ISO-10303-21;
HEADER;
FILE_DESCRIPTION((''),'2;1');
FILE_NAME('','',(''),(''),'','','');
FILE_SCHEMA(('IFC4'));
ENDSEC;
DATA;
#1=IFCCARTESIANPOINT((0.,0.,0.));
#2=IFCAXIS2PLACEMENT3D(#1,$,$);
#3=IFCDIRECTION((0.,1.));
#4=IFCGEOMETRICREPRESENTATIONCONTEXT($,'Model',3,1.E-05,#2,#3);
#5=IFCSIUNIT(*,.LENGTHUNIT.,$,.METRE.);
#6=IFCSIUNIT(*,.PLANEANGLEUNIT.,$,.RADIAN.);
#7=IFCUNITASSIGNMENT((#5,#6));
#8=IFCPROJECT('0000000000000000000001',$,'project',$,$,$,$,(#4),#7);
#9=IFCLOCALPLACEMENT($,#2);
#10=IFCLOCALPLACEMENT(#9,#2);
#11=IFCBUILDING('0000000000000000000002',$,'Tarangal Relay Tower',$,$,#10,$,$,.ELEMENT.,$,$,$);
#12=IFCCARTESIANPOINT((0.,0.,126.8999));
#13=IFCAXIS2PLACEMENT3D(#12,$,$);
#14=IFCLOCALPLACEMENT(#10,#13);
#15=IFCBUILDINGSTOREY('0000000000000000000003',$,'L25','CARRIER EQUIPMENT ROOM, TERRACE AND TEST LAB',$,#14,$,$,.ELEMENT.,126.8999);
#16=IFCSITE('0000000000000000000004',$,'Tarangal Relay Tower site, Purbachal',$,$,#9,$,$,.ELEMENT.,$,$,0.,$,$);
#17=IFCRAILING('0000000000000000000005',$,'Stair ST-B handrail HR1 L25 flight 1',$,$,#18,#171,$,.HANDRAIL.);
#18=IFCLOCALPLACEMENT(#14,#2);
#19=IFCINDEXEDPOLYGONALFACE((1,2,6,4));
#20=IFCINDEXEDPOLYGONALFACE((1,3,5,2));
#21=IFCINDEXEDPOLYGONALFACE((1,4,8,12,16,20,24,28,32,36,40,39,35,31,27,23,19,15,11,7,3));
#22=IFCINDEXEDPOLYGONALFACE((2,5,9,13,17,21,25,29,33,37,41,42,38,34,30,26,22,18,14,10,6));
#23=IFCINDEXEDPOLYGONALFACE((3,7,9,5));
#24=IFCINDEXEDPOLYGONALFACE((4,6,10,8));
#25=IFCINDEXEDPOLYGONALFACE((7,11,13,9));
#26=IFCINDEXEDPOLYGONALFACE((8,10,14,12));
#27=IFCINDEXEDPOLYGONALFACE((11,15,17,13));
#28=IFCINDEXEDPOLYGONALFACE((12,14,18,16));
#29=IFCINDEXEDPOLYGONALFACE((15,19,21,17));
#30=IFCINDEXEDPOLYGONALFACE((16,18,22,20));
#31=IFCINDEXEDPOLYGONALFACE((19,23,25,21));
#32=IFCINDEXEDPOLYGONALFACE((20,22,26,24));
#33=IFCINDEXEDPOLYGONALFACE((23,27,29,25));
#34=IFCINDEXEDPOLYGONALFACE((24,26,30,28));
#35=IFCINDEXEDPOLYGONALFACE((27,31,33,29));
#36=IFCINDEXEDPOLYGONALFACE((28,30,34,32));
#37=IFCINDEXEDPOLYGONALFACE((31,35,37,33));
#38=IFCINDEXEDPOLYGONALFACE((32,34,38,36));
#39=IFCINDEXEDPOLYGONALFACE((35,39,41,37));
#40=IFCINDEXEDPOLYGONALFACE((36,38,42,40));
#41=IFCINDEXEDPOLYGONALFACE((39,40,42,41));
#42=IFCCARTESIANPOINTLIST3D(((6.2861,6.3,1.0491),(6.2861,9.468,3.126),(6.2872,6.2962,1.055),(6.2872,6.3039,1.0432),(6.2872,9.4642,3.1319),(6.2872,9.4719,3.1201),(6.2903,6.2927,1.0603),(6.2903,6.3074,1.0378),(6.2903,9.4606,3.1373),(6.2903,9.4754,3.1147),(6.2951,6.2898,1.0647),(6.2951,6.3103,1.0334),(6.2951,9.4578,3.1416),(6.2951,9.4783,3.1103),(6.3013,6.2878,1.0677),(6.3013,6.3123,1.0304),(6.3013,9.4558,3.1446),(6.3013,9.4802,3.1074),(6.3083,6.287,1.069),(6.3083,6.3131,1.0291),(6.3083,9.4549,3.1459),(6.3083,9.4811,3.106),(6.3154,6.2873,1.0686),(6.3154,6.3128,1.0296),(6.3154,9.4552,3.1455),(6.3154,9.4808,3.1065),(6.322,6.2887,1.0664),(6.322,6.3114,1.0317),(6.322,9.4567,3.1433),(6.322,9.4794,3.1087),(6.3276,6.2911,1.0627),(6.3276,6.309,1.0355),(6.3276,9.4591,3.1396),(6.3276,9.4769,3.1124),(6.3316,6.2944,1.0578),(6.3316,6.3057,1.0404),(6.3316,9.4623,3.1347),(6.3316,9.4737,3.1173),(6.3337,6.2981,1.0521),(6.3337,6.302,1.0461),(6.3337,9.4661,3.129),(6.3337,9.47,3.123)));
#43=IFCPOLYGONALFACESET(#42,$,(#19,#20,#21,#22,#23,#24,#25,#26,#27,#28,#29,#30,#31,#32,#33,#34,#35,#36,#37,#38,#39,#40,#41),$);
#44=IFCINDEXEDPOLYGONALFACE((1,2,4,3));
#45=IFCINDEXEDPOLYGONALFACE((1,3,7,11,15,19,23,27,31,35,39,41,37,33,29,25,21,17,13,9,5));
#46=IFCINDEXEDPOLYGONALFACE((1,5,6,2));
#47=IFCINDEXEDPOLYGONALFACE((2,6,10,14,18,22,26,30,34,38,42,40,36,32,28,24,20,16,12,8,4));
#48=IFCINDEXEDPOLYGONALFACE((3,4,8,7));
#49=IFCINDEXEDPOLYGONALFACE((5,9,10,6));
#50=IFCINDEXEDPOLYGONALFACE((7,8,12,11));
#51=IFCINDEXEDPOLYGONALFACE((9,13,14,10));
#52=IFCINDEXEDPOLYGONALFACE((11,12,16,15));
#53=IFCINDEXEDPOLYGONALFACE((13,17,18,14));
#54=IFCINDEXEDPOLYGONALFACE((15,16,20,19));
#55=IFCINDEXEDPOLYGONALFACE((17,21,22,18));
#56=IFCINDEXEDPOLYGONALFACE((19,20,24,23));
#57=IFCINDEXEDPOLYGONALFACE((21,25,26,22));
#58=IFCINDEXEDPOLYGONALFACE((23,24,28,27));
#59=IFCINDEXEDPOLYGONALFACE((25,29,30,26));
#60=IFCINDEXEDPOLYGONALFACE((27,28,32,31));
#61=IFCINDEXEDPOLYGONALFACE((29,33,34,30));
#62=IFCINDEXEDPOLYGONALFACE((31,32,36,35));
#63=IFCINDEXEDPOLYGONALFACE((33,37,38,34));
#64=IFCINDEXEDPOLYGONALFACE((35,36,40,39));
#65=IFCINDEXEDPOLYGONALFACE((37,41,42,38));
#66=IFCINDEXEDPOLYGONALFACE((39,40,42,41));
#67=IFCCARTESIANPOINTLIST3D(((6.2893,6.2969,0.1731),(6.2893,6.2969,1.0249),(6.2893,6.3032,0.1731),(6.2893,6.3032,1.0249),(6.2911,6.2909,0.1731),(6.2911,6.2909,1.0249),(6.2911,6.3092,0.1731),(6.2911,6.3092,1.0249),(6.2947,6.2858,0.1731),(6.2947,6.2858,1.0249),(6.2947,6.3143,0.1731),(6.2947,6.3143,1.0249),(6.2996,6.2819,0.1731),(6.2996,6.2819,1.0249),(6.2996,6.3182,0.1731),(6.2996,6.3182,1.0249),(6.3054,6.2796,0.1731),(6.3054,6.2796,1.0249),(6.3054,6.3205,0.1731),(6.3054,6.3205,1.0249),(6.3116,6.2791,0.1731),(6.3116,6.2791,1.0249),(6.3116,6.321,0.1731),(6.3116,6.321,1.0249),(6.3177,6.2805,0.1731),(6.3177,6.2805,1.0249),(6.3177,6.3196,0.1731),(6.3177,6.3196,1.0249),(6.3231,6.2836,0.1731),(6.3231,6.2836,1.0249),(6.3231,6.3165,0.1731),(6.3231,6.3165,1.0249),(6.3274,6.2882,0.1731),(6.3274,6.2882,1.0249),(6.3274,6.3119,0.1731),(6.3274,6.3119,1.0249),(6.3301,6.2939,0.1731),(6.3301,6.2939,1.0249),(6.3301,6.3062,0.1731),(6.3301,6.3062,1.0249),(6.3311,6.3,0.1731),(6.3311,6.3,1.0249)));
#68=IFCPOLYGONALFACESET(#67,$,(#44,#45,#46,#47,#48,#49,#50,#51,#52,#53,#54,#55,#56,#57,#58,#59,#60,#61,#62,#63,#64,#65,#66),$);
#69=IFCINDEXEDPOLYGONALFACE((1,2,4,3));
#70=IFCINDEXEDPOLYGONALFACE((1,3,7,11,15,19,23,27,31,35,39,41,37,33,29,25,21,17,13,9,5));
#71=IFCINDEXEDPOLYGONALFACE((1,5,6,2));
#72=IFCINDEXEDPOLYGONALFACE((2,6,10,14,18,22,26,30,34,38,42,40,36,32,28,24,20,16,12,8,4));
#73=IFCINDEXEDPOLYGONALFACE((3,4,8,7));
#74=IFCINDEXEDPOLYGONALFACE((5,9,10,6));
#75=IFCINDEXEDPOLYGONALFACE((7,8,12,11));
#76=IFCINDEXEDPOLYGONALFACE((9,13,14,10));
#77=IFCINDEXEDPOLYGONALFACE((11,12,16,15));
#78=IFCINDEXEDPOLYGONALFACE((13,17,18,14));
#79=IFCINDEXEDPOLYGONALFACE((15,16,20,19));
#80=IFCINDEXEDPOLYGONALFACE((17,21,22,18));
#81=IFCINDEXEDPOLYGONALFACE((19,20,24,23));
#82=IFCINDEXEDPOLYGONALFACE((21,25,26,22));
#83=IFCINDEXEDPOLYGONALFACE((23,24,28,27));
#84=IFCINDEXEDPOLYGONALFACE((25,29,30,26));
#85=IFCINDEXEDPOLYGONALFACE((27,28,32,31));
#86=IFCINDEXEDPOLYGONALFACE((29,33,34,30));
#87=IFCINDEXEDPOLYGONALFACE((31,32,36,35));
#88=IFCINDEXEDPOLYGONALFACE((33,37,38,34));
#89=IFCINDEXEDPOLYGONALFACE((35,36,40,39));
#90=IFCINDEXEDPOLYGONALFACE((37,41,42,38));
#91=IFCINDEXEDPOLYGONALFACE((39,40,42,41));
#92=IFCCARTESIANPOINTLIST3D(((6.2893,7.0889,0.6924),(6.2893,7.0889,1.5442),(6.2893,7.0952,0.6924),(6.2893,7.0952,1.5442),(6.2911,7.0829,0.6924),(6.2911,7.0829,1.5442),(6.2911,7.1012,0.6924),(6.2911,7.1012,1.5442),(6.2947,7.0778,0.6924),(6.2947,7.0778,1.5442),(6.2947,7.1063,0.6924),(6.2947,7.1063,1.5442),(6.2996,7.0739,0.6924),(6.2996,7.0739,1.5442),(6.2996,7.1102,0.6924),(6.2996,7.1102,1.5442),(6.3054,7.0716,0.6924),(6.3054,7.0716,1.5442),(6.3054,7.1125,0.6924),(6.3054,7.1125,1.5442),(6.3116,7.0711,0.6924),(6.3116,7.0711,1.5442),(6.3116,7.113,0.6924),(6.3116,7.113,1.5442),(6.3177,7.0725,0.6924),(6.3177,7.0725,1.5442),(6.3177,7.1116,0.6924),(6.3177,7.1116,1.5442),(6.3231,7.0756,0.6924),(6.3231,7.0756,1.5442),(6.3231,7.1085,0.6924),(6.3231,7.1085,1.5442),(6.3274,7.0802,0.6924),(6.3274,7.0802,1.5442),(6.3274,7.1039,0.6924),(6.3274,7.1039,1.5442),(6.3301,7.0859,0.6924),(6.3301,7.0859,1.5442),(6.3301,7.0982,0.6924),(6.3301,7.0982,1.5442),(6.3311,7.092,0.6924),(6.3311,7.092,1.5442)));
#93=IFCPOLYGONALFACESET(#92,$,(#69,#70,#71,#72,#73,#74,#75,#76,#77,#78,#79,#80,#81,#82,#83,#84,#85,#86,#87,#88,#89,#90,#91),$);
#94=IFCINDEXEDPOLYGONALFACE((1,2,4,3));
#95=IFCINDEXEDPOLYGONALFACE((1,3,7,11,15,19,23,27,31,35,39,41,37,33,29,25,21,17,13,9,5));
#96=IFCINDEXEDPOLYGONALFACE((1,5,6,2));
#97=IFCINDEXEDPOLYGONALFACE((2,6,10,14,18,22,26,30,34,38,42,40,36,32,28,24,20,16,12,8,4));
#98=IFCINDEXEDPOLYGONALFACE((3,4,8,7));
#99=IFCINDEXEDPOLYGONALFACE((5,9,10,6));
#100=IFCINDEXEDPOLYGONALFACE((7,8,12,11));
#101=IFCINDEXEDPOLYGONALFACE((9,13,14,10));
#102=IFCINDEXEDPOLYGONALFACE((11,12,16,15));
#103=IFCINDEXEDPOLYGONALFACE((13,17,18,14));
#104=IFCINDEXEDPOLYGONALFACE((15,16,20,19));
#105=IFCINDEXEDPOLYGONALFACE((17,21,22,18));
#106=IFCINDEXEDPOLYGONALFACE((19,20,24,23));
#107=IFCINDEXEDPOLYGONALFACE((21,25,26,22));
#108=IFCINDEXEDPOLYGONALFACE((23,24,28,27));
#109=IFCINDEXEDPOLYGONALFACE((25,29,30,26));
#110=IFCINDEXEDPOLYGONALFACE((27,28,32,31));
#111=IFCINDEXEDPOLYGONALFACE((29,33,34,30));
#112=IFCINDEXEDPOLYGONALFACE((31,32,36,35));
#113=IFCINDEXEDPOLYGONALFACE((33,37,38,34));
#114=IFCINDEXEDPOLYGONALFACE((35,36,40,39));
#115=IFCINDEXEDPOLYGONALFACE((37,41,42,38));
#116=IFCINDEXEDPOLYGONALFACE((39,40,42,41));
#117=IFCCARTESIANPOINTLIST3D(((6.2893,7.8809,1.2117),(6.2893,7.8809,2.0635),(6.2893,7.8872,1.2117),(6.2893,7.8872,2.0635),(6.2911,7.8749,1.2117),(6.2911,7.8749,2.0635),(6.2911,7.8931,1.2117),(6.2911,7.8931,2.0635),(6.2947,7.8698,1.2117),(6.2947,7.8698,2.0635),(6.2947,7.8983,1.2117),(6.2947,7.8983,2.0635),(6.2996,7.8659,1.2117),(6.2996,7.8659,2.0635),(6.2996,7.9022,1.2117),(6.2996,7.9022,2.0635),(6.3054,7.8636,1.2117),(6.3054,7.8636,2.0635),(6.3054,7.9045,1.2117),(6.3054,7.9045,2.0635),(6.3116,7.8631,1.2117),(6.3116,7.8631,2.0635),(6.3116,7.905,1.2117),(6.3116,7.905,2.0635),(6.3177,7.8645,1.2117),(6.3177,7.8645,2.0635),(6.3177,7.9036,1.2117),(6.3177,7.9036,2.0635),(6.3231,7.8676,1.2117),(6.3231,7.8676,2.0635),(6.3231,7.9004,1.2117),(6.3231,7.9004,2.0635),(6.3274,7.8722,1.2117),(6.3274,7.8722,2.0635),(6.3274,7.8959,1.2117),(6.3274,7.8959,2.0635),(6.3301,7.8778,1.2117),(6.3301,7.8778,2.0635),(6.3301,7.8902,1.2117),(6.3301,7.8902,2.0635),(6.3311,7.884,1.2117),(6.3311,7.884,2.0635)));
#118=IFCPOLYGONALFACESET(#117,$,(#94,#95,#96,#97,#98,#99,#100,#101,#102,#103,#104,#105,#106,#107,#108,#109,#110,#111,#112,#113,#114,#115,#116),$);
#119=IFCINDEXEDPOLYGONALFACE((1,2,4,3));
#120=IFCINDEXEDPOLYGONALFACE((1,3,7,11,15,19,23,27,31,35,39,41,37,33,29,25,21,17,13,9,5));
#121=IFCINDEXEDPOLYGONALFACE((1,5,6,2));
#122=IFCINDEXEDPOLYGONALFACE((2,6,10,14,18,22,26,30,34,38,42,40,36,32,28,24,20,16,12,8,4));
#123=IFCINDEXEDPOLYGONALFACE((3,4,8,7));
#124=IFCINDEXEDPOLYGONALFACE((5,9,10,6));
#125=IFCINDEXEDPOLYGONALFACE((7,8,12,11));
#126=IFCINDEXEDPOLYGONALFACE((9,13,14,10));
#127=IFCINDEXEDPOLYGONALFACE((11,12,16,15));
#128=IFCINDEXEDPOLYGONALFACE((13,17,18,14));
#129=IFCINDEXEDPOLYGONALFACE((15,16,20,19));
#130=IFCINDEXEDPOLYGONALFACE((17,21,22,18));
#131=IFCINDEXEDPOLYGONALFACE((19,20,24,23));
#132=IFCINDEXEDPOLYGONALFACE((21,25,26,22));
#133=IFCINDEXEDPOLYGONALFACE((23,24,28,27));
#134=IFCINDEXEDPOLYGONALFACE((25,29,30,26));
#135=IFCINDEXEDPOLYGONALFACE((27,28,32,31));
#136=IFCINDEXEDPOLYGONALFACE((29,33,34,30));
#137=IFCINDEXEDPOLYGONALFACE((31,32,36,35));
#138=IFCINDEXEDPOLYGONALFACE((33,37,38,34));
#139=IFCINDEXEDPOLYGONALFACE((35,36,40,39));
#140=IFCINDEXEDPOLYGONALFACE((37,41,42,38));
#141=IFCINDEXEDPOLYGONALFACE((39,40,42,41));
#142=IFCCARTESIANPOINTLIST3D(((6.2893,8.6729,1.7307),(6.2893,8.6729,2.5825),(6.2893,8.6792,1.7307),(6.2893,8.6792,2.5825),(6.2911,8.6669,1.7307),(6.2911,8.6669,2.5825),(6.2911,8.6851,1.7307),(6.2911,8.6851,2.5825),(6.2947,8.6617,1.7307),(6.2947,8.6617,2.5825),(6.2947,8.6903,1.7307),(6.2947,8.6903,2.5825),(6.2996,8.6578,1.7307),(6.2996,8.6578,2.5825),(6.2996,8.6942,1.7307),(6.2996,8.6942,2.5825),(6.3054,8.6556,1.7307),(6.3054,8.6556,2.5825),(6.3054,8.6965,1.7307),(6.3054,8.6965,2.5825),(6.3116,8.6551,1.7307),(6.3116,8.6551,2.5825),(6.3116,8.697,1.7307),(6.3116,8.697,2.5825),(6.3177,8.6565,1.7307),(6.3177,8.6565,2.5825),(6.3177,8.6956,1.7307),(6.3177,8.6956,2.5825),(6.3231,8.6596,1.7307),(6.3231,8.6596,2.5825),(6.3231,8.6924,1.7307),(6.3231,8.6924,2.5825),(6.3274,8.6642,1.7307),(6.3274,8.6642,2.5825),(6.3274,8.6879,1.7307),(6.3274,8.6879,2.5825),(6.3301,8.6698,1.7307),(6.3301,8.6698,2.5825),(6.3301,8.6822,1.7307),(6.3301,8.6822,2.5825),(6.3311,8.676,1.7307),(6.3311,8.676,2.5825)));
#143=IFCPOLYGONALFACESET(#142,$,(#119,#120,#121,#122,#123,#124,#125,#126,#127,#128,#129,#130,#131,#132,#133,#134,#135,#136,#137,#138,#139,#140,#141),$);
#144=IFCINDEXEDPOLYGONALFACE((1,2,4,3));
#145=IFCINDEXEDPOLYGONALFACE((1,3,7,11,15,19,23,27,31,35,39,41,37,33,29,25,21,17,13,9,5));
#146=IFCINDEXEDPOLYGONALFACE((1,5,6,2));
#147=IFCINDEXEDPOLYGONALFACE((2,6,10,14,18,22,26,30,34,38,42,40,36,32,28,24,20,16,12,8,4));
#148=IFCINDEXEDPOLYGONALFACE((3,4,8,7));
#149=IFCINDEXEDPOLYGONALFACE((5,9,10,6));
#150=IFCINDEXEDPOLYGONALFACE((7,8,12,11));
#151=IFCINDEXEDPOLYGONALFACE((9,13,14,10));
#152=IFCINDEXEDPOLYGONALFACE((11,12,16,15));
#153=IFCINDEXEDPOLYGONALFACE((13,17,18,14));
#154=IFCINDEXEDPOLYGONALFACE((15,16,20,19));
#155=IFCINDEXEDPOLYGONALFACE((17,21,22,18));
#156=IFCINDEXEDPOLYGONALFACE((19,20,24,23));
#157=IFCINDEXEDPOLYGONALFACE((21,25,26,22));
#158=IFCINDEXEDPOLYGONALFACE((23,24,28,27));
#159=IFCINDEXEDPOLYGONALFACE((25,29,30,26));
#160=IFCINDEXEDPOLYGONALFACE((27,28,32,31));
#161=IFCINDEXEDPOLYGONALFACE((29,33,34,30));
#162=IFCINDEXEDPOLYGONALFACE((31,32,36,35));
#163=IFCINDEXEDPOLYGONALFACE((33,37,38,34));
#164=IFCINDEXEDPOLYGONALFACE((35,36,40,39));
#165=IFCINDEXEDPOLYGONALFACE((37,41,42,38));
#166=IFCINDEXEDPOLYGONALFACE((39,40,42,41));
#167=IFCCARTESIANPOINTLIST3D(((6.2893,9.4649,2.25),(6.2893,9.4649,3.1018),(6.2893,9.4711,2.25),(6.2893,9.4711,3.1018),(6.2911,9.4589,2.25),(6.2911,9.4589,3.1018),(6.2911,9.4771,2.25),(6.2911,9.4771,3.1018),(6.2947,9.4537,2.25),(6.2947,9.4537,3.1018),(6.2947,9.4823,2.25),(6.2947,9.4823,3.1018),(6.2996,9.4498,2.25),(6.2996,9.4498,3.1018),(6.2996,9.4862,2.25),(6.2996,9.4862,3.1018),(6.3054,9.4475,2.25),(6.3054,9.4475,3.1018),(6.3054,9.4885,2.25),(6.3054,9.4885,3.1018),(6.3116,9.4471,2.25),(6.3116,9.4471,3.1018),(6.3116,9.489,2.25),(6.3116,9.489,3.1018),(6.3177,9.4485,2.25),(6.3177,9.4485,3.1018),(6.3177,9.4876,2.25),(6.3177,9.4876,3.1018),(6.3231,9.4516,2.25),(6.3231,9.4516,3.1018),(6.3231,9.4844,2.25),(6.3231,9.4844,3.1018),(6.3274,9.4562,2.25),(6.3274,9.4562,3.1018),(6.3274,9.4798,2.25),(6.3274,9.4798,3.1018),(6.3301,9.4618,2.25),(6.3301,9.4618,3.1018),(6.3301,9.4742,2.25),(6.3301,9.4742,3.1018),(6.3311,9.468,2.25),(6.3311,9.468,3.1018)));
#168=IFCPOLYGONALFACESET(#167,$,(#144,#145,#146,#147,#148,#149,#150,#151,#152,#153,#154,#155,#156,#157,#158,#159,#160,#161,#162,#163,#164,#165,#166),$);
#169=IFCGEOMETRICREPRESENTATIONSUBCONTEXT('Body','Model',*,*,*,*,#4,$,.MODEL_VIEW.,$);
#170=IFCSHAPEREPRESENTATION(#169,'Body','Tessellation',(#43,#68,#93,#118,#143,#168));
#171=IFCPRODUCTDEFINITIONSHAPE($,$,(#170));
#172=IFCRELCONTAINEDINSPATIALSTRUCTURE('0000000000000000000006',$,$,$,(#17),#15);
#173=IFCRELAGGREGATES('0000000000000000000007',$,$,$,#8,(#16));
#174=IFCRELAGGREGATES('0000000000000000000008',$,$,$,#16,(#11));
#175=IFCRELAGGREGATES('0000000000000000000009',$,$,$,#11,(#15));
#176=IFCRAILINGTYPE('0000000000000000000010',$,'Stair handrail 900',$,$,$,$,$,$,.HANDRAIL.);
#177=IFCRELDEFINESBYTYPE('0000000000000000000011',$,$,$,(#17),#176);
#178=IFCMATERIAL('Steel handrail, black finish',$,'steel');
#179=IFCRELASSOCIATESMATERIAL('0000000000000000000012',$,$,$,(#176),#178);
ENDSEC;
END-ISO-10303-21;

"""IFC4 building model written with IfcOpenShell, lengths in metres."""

from ifc_helpers import new_model, si_unit, direction, frame, origin, origin_2d, place, context, subcontext, project, spatial, circle, extrude, material, type_object, element, save


model = new_model("IFC4")

# Units and contexts
model_context = context("Model", 3, precision=1e-05, world=origin(), true_north=direction((0.0, 1.0)))
body_context = subcontext(model_context, "Body", "Model", "MODEL_VIEW")
ifc_project = project(units=[si_unit("LENGTHUNIT", "METRE"), si_unit("PLANEANGLEUNIT", "RADIAN")], contexts=[model_context])

# Site, building, storey
site_placement = place(None, origin())
site = spatial("IfcSite", under=ifc_project, at=site_placement, Name="Tarangal Relay Tower site, Purbachal", CompositionType="ELEMENT", RefElevation=0.0)
building_placement = place(site_placement, origin())
building = spatial("IfcBuilding", under=site, at=building_placement, Name="Tarangal Relay Tower", CompositionType="ELEMENT")
storey_placement = place(building_placement, frame((0.0, 0.0, 126.8999)))
storey = spatial("IfcBuildingStorey", under=building, at=storey_placement, Name="L25", Description="CARRIER EQUIPMENT ROOM, TERRACE AND TEST LAB", CompositionType="ELEMENT", Elevation=126.8999)

# Railing
ifc_material_1 = material(Name="Steel handrail, black finish", Category="steel")
railing_type_1 = type_object("IfcRailingType", Name="Stair handrail 900", PredefinedType="HANDRAIL", material=ifc_material_1)
railing_1_placement = place(storey_placement, frame((6.3101, 6.3, 0.1731)))
element("IfcRailing", 1, at=railing_1_placement, inside=storey, type_object=railing_type_1, Name="Stair ST-B handrail HR1 L25 flight 1", PredefinedType="HANDRAIL", context=body_context, shape_type="SweptSolid", body=[
    extrude(circle(Radius=0.0239, at=origin_2d()), frame((0.0, 0.0, 0.876), z_axis=(0.0, 0.836299, 0.548273), x_axis=(-1.0, 0.0, 0.0)), (0.0, 0.0, 1.0), 3.7881),
    extrude(circle(Radius=0.021, at=origin_2d()), origin(), (0.0, 0.0, 1.0), 0.8518),
    extrude(circle(Radius=0.021, at=origin_2d()), frame((0.0, 0.792, 0.5193)), (0.0, 0.0, 1.0), 0.8518),
    extrude(circle(Radius=0.021, at=origin_2d()), frame((0.0, 1.584, 1.0386)), (0.0, 0.0, 1.0), 0.8518),
    extrude(circle(Radius=0.021, at=origin_2d()), frame((0.0, 2.376, 1.5576)), (0.0, 0.0, 1.0), 0.8518),
    extrude(circle(Radius=0.021, at=origin_2d()), frame((0.0, 3.168, 2.0769)), (0.0, 0.0, 1.0), 0.8518),
])

save(model, "model.ifc")
